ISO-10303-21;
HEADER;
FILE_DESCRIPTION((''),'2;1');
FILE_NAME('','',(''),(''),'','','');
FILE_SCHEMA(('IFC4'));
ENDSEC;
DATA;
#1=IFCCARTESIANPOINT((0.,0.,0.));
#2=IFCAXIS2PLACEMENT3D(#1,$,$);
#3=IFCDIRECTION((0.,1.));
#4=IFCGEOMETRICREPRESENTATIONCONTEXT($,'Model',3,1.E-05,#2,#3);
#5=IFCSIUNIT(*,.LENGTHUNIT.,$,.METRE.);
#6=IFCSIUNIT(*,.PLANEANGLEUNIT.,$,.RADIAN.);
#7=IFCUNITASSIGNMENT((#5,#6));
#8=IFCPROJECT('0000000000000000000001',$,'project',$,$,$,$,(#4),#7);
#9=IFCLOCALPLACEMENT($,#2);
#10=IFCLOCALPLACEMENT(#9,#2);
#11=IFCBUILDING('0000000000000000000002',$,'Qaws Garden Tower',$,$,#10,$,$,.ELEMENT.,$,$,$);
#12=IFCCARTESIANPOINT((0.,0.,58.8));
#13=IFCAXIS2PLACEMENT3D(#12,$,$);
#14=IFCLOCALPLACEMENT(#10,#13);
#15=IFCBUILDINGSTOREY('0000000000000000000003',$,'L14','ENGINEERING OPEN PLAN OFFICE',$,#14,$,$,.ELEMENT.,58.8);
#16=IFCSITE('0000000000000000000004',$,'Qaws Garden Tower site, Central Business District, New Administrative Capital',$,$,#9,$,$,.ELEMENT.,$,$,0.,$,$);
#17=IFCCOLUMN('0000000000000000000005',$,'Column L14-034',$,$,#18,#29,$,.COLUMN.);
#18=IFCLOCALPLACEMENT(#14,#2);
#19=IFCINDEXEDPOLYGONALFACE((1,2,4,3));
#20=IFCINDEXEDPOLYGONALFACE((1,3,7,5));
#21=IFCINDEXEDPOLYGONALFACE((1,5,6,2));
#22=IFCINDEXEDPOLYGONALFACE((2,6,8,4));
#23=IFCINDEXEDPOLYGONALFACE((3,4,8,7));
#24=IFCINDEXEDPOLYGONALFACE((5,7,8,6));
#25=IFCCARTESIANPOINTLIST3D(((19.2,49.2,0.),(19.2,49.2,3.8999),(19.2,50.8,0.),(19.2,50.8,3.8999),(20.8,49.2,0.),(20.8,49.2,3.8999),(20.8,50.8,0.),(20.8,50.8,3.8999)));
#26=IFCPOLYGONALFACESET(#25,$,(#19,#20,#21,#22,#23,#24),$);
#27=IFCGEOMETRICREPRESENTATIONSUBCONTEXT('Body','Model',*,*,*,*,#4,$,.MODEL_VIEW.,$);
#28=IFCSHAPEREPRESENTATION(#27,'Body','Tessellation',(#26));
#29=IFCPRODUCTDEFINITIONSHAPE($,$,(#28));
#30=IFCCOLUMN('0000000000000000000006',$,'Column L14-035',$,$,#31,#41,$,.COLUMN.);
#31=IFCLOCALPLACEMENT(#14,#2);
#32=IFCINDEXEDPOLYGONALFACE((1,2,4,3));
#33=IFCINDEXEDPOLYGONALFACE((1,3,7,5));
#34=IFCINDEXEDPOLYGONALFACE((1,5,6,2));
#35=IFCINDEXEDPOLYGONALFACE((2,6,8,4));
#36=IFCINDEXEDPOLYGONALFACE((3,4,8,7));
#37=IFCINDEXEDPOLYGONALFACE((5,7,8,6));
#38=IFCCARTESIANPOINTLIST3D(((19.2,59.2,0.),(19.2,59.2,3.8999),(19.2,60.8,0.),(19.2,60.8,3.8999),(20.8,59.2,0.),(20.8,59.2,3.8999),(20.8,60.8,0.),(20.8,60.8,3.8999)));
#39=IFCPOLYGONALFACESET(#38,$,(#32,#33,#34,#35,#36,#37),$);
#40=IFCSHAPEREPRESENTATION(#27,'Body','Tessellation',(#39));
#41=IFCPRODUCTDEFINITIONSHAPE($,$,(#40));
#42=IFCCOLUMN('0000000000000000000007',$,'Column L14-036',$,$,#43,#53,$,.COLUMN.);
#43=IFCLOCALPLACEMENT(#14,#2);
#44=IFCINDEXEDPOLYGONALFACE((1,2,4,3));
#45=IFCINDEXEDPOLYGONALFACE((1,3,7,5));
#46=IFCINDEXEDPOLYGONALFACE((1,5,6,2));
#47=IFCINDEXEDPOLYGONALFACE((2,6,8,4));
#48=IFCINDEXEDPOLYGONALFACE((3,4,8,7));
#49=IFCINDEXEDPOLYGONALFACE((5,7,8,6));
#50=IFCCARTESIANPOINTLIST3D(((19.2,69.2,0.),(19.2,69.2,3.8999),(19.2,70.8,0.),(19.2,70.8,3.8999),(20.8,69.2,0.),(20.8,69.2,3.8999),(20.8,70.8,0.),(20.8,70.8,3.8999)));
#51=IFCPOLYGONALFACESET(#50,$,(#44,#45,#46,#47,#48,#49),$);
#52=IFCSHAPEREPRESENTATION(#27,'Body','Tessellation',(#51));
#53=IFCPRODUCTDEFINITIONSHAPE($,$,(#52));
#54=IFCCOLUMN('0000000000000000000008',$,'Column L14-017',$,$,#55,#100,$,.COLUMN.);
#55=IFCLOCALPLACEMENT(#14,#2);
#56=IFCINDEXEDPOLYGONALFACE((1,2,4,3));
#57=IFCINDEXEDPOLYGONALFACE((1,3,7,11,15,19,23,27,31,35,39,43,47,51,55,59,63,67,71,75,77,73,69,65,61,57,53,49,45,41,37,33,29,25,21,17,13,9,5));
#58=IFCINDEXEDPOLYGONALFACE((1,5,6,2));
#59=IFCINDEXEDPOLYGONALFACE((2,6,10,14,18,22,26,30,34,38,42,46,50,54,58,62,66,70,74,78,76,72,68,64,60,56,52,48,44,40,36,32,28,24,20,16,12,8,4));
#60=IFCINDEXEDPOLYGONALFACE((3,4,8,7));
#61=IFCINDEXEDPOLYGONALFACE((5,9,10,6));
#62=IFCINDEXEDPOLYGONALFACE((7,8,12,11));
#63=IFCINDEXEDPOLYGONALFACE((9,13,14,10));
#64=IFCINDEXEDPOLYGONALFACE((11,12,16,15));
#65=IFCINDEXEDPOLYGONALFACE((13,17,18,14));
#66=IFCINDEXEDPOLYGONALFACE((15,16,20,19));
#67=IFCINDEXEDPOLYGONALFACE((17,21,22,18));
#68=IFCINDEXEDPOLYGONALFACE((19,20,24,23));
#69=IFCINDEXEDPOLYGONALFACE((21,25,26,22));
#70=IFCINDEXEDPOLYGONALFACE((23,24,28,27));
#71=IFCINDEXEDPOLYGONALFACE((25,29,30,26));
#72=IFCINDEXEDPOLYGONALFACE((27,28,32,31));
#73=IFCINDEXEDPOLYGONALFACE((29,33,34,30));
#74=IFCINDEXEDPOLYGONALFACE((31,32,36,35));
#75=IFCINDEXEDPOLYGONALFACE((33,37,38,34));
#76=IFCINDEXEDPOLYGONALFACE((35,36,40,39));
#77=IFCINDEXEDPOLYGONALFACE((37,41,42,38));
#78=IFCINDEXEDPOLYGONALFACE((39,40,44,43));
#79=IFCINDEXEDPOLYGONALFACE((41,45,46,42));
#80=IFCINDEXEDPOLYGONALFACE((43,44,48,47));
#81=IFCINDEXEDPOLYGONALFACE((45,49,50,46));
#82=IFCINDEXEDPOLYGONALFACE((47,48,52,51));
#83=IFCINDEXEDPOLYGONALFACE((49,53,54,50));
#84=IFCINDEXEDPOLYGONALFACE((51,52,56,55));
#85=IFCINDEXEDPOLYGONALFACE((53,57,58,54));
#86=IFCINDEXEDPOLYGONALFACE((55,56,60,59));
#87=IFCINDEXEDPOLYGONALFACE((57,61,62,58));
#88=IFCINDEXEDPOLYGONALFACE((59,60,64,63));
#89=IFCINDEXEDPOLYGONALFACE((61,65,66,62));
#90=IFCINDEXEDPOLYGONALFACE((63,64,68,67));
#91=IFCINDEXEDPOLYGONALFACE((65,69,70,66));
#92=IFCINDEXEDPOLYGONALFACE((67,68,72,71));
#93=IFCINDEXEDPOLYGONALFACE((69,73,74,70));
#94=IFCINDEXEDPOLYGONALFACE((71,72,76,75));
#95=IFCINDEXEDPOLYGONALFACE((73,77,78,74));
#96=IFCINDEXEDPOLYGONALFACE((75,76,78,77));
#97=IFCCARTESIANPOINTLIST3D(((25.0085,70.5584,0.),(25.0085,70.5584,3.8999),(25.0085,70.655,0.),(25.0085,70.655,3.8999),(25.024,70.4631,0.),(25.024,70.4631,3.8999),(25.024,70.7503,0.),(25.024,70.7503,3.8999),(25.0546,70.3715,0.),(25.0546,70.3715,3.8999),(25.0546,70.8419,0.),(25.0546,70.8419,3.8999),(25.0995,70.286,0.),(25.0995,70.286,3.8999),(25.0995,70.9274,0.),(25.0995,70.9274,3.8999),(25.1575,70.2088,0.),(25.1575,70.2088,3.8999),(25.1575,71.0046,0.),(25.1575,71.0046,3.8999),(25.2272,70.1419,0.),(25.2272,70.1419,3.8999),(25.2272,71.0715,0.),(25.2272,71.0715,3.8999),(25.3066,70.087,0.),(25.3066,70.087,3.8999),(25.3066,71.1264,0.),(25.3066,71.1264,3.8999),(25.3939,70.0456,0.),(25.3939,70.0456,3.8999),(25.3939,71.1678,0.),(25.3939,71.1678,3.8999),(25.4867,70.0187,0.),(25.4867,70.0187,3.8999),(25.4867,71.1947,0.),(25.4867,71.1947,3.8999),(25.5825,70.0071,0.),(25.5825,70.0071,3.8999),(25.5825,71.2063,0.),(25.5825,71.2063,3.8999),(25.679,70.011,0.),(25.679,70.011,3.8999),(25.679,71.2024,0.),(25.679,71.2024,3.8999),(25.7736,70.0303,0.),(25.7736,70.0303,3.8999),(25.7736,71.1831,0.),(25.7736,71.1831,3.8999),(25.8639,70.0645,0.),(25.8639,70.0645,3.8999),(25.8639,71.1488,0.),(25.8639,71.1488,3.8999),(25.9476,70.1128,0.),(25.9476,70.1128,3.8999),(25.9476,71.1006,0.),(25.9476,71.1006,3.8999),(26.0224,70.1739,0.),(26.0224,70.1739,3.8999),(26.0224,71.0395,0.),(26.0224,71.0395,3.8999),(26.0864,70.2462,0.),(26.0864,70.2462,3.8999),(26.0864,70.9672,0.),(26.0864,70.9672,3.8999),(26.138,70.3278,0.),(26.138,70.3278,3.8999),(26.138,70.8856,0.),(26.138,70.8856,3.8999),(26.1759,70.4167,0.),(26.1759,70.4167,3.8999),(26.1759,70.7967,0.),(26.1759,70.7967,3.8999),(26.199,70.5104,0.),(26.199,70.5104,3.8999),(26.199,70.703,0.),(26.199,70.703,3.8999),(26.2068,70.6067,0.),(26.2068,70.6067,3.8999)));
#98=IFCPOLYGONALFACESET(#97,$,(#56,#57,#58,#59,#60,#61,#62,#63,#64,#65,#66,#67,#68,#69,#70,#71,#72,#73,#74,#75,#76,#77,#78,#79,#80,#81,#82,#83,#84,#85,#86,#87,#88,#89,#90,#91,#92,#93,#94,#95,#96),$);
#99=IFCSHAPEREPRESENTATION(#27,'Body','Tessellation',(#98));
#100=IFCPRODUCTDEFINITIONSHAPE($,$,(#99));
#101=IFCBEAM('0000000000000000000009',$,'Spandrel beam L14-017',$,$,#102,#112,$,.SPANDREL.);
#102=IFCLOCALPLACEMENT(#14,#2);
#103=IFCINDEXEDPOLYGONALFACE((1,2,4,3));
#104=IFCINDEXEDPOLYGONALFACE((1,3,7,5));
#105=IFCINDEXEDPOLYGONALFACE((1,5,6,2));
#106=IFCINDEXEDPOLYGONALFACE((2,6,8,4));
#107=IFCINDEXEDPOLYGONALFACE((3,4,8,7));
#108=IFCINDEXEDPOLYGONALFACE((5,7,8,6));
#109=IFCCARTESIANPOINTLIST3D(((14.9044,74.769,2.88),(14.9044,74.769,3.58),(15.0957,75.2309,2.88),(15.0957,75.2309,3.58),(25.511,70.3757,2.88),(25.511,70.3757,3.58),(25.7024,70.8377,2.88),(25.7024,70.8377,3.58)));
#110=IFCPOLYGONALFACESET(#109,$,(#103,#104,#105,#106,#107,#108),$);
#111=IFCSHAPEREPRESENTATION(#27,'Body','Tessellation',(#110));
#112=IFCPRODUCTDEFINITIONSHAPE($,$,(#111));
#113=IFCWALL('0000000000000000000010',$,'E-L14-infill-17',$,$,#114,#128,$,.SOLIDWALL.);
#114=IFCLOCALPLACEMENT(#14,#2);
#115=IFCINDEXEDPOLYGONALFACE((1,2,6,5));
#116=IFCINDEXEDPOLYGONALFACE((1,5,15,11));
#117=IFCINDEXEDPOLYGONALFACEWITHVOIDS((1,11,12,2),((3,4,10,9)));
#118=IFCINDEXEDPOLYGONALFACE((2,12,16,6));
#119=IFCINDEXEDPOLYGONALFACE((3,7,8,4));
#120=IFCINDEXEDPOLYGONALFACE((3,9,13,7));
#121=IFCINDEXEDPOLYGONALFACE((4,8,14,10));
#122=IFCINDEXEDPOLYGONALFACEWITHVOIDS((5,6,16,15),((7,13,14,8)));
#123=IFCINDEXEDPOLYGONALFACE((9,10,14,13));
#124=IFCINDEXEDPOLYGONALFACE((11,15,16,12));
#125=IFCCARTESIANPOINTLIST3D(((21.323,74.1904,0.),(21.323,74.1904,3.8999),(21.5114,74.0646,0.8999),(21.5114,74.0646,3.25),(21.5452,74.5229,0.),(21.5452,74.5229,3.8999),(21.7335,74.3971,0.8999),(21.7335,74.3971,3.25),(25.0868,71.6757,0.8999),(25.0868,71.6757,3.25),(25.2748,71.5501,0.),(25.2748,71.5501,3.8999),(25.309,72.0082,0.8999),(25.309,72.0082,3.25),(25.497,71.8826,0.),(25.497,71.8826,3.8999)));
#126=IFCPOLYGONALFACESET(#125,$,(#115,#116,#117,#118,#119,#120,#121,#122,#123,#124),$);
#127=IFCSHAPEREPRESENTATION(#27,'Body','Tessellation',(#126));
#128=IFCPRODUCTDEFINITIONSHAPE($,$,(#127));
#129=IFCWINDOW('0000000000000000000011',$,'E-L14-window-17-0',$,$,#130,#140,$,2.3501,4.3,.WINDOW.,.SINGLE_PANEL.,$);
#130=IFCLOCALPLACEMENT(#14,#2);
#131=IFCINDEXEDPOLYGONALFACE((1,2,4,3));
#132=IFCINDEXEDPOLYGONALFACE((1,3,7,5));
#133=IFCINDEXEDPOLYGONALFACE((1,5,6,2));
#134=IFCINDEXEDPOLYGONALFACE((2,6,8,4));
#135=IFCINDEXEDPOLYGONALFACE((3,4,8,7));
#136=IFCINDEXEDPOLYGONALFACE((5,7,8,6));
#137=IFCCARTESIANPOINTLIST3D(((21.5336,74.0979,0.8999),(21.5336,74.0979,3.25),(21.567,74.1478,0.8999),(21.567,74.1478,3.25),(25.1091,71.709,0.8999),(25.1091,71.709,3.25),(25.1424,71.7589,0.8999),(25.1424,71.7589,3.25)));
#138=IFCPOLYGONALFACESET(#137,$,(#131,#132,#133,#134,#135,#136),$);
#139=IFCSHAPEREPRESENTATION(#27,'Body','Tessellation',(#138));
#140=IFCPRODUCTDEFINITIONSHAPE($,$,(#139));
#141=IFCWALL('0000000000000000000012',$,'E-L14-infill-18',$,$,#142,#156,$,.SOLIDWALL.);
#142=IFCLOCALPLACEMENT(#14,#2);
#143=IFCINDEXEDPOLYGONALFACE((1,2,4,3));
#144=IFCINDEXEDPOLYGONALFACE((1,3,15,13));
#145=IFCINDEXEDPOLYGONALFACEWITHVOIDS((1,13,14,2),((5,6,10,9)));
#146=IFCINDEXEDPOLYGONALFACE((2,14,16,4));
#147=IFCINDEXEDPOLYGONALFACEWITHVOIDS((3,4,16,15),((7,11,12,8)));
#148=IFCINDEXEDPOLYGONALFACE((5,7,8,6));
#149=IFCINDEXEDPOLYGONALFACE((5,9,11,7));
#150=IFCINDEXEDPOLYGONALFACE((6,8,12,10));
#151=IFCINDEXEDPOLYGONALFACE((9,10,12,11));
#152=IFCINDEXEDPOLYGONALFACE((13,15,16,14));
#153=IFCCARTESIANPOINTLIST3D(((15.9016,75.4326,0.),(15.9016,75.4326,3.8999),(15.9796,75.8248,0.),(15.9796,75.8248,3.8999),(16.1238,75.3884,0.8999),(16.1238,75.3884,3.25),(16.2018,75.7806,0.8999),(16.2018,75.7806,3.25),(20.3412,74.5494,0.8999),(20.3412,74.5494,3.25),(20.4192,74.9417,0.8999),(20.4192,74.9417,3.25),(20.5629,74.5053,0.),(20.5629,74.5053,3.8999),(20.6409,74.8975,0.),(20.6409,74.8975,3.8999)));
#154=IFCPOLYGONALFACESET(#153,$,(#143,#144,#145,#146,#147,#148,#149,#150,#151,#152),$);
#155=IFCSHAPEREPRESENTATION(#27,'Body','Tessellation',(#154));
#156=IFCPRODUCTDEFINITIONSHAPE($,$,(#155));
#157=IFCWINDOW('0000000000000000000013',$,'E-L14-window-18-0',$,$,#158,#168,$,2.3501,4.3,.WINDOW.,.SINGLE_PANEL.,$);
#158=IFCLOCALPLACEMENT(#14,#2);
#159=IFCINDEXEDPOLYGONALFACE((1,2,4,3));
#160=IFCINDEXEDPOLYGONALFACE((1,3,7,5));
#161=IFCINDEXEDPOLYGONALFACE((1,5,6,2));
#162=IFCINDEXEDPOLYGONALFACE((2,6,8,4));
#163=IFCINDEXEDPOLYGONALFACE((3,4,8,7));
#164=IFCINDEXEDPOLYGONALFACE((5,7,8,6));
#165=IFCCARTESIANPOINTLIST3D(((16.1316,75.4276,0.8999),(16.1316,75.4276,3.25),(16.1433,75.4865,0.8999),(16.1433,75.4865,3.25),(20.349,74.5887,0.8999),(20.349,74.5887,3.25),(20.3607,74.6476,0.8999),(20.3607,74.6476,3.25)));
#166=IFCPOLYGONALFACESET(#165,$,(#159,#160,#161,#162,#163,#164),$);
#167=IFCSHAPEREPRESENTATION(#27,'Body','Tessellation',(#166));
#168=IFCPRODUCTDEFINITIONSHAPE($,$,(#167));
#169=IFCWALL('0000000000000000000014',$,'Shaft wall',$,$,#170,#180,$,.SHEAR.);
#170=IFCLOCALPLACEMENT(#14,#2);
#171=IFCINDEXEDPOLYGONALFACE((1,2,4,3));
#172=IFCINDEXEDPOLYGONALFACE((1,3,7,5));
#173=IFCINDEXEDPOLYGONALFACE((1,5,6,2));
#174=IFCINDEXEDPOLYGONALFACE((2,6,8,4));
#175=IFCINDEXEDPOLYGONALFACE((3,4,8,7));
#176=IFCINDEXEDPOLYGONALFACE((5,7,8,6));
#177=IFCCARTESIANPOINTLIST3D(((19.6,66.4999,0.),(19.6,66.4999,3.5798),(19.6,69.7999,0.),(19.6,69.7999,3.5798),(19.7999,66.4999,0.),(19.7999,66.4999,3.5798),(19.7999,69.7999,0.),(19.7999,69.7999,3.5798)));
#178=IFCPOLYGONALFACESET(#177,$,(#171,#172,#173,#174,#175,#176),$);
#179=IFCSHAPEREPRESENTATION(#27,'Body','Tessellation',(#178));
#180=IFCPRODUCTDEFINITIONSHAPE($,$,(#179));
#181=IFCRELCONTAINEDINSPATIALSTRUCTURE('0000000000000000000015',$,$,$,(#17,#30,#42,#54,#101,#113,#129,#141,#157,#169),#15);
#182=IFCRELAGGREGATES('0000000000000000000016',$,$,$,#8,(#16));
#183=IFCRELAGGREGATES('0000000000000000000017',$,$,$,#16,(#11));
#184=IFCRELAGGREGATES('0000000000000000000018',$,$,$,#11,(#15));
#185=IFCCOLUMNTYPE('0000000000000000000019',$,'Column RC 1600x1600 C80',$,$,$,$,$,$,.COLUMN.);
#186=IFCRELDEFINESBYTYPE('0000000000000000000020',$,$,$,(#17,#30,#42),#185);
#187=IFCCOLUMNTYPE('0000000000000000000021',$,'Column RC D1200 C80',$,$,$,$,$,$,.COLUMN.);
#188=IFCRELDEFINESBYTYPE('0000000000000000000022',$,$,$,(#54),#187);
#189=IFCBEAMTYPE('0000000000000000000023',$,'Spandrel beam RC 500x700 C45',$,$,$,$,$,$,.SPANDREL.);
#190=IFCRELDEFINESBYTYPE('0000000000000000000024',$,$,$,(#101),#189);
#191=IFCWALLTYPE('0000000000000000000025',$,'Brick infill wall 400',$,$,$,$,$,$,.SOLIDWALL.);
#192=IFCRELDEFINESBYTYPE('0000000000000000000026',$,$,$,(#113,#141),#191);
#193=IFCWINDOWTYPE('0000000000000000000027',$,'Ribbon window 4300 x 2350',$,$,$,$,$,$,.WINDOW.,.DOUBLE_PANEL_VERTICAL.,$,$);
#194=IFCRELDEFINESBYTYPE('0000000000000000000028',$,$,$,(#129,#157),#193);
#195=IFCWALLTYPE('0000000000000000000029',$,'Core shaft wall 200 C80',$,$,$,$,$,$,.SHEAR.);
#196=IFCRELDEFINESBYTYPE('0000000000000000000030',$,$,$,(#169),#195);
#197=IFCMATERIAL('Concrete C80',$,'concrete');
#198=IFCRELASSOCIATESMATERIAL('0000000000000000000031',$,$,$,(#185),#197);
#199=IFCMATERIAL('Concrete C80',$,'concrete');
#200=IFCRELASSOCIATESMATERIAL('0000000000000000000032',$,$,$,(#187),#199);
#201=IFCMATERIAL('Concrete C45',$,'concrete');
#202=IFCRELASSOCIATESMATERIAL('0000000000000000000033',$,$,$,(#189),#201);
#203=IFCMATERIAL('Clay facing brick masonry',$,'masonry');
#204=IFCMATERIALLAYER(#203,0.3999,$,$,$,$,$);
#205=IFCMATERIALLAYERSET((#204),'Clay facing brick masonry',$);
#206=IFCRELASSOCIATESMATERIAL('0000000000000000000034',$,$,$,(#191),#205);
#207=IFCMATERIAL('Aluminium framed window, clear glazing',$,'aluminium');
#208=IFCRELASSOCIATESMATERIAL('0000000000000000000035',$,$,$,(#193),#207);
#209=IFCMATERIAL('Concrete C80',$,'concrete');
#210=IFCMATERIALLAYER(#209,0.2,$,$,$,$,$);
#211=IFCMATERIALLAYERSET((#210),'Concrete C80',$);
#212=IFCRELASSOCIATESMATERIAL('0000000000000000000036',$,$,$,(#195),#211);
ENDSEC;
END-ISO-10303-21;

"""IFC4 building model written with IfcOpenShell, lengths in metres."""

from ifc_helpers import new_model, si_unit, direction, frame, frame_2d, origin, origin_2d, place, context, subcontext, project, spatial, rectangle, circle, extrude, material, layer, layer_set, material_profile, profile_set, type_object, element, fill, save


model = new_model("IFC4")

# Units and contexts
model_context = context("Model", 3, precision=1e-05, world=origin(), true_north=direction((0.0, 1.0)))
body_context = subcontext(model_context, "Body", "Model", "MODEL_VIEW")
ifc_project = project(units=[si_unit("LENGTHUNIT", "METRE"), si_unit("PLANEANGLEUNIT", "RADIAN")], contexts=[model_context])

# Site, building, storey
site_placement = place(None, origin())
site = spatial("IfcSite", under=ifc_project, at=site_placement, Name="Qaws Garden Tower site, Central Business District, New Administrative Capital", CompositionType="ELEMENT", RefElevation=0.0)
building_placement = place(site_placement, origin())
building = spatial("IfcBuilding", under=site, at=building_placement, Name="Qaws Garden Tower", CompositionType="ELEMENT")
storey_placement = place(building_placement, frame((0.0, 0.0, 58.8)))
storey = spatial("IfcBuildingStorey", under=building, at=storey_placement, Name="L14", Description="ENGINEERING OPEN PLAN OFFICE", CompositionType="ELEMENT", Elevation=58.8)

# Columns
ifc_material_1 = material(Name="Concrete C80", Category="concrete")
ifc_material_profile_1 = material_profile(ifc_material_1, rectangle(XDim=1.6001, YDim=1.6001, at=origin_2d()), Name="RC 1600x1600")
ifc_profile_set_1 = profile_set([ifc_material_profile_1], Name="Concrete C80")
column_type_1 = type_object("IfcColumnType", Name="Column RC 1600x1600 C80", PredefinedType="COLUMN", material=ifc_profile_set_1)
for number, where, z_axis, x_axis, name in (
    (1, (20.0, 50.0, 0.0), (0.0, 0.0, 1.0), (1.0, 0.0, 0.0), "Column L14-034"),
    (2, (20.0, 60.0, 0.0), (0.0, 0.0, 1.0), (1.0, 0.0, 0.0), "Column L14-035"),
    (3, (20.0, 70.0, 0.0), (0.0, 0.0, 1.0), (1.0, 0.0, 0.0), "Column L14-036"),
):
    element("IfcColumn", number, at=place(storey_placement, frame(where, z_axis=z_axis, x_axis=x_axis)), inside=storey, type_object=column_type_1, Name=name, PredefinedType="COLUMN", context=body_context, shape_type="SweptSolid", body=[
        extrude(rectangle(XDim=1.6001, YDim=1.6001, at=origin_2d()), origin(), (0.0, 0.0, 1.0), 3.8999),
    ])
ifc_material_2 = material(Name="Concrete C80", Category="concrete")
ifc_material_profile_2 = material_profile(ifc_material_2, circle(Radius=0.6001, at=origin_2d()), Name="RC D1200")
ifc_profile_set_2 = profile_set([ifc_material_profile_2], Name="Concrete C80")
column_type_2 = type_object("IfcColumnType", Name="Column RC D1200 C80", PredefinedType="COLUMN", material=ifc_profile_set_2)
column_placement = place(storey_placement, frame((25.6067, 70.6067, 0.0), z_axis=(0.0, 0.0, 1.0), x_axis=(1.0, 0.0, 0.0)))
element("IfcColumn", 4, at=column_placement, inside=storey, type_object=column_type_2, Name="Column L14-017", PredefinedType="COLUMN", context=body_context, shape_type="SweptSolid", body=[
    extrude(circle(Radius=0.6001, at=origin_2d()), origin(), (0.0, 0.0, 1.0), 3.8999),
])

# Beam
ifc_material_3 = material(Name="Concrete C45", Category="concrete")
ifc_material_profile_3 = material_profile(ifc_material_3, rectangle(XDim=0.5, YDim=0.7, at=origin_2d()), Name="RC 500x700")
ifc_profile_set_3 = profile_set([ifc_material_profile_3], Name="Concrete C45")
beam_type = type_object("IfcBeamType", Name="Spandrel beam RC 500x700 C45", PredefinedType="SPANDREL", material=ifc_profile_set_3)
beam_placement = place(storey_placement, frame((25.6067, 70.6067, 3.23), z_axis=(-0.923883, 0.382674, 0.0), x_axis=(-0.382674, -0.923883, 0.0)))
element("IfcBeam", 5, at=beam_placement, inside=storey, type_object=beam_type, Name="Spandrel beam L14-017", PredefinedType="SPANDREL", context=body_context, shape_type="SweptSolid", body=[
    extrude(rectangle(XDim=0.5, YDim=0.7, at=origin_2d()), origin(), (0.0, 0.0, 1.0), 11.4805),
])

# Walls, openings, windows
ifc_material_4 = material(Name="Clay facing brick masonry", Category="masonry")
ifc_layer_1 = layer(ifc_material_4, 0.3999)
ifc_layer_set_1 = layer_set([ifc_layer_1], Name="Clay facing brick masonry")
wall_type_1 = type_object("IfcWallType", Name="Brick infill wall 400", PredefinedType="SOLIDWALL", material=ifc_layer_set_1)
wall_1_placement = place(storey_placement, frame((25.386, 71.7163, 0.0), z_axis=(0.0, 0.0, 1.0), x_axis=(-0.831489, 0.555542, 0.0)))
wall_1 = element("IfcWall", 6, at=wall_1_placement, inside=storey, type_object=wall_type_1, Name="E-L14-infill-17", PredefinedType="SOLIDWALL", context=body_context, shape_type="SweptSolid", body=[
    extrude(rectangle(XDim=4.7527, YDim=0.3999, at=frame_2d((2.3765, 0.0))), origin(), (0.0, 0.0, 1.0), 3.8999),
])
opening_1_placement = place(wall_1_placement, frame((0.2263, 0.0, 0.8999)))
opening_1 = element("IfcOpeningElement", 7, at=opening_1_placement, cuts=wall_1, PredefinedType="OPENING", context=body_context, shape_type="SweptSolid", body=[
    extrude(rectangle(XDim=4.3, YDim=2.3501, at=frame_2d((2.1499, 1.175))), frame((0.0, 0.21, 0.0), z_axis=(0.0, -1.0, 0.0), x_axis=(1.0, 0.0, 0.0)), (0.0, 0.0, 1.0), 0.4199),
])
ifc_material_5 = material(Name="Aluminium framed window, clear glazing", Category="aluminium")
window_type = type_object("IfcWindowType", Name="Ribbon window 4300 x 2350", PartitioningType="DOUBLE_PANEL_VERTICAL", PredefinedType="WINDOW", material=ifc_material_5)
window_1_placement = place(opening_1_placement, origin())
window_1 = element("IfcWindow", 8, at=window_1_placement, inside=storey, type_object=window_type, Name="E-L14-window-17-0", OverallHeight=2.3501, OverallWidth=4.3, PartitioningType="SINGLE_PANEL", PredefinedType="WINDOW", context=body_context, shape_type="SweptSolid", body=[
    extrude(rectangle(XDim=4.3, YDim=2.3501, at=frame_2d((2.1499, 1.175))), frame((0.0, 0.1599, 0.0), z_axis=(0.0, -1.0, 0.0), x_axis=(1.0, 0.0, 0.0)), (0.0, 0.0, 1.0), 0.0601),
])
fill(opening_1, window_1)
wall_2_placement = place(storey_placement, frame((20.6021, 74.7014, 0.0), z_axis=(0.0, 0.0, 1.0), x_axis=(-0.980784, 0.195099, 0.0)))
wall_2 = element("IfcWall", 9, at=wall_2_placement, inside=storey, type_object=wall_type_1, Name="E-L14-infill-18", PredefinedType="SOLIDWALL", context=body_context, shape_type="SweptSolid", body=[
    extrude(rectangle(XDim=4.7527, YDim=0.3999, at=frame_2d((2.3765, 0.0))), origin(), (0.0, 0.0, 1.0), 3.8999),
])
opening_2_placement = place(wall_2_placement, frame((0.2263, 0.0, 0.8999)))
opening_2 = element("IfcOpeningElement", 10, at=opening_2_placement, cuts=wall_2, PredefinedType="OPENING", context=body_context, shape_type="SweptSolid", body=[
    extrude(rectangle(XDim=4.3, YDim=2.3501, at=frame_2d((2.1499, 1.175))), frame((0.0, 0.21, 0.0), z_axis=(0.0, -1.0, 0.0), x_axis=(1.0, 0.0, 0.0)), (0.0, 0.0, 1.0), 0.4199),
])
window_2_placement = place(opening_2_placement, origin())
window_2 = element("IfcWindow", 11, at=window_2_placement, inside=storey, type_object=window_type, Name="E-L14-window-18-0", OverallHeight=2.3501, OverallWidth=4.3, PartitioningType="SINGLE_PANEL", PredefinedType="WINDOW", context=body_context, shape_type="SweptSolid", body=[
    extrude(rectangle(XDim=4.3, YDim=2.3501, at=frame_2d((2.1499, 1.175))), frame((0.0, 0.1599, 0.0), z_axis=(0.0, -1.0, 0.0), x_axis=(1.0, 0.0, 0.0)), (0.0, 0.0, 1.0), 0.0601),
])
fill(opening_2, window_2)

# Wall
ifc_material_6 = material(Name="Concrete C80", Category="concrete")
ifc_layer_2 = layer(ifc_material_6, 0.2)
ifc_layer_set_2 = layer_set([ifc_layer_2], Name="Concrete C80")
wall_type_2 = type_object("IfcWallType", Name="Core shaft wall 200 C80", PredefinedType="SHEAR", material=ifc_layer_set_2)
wall_3_placement = place(storey_placement, frame((19.7, 66.5, 0.0), z_axis=(0.0, 0.0, 1.0), x_axis=(0.0, 1.0, 0.0)))
element("IfcWall", 12, at=wall_3_placement, inside=storey, type_object=wall_type_2, Name="Shaft wall", PredefinedType="SHEAR", context=body_context, shape_type="SweptSolid", body=[
    extrude(rectangle(XDim=3.3, YDim=0.2, at=frame_2d((1.6499, 0.0))), origin(), (0.0, 0.0, 1.0), 3.5798),
])

save(model, "model.ifc")
